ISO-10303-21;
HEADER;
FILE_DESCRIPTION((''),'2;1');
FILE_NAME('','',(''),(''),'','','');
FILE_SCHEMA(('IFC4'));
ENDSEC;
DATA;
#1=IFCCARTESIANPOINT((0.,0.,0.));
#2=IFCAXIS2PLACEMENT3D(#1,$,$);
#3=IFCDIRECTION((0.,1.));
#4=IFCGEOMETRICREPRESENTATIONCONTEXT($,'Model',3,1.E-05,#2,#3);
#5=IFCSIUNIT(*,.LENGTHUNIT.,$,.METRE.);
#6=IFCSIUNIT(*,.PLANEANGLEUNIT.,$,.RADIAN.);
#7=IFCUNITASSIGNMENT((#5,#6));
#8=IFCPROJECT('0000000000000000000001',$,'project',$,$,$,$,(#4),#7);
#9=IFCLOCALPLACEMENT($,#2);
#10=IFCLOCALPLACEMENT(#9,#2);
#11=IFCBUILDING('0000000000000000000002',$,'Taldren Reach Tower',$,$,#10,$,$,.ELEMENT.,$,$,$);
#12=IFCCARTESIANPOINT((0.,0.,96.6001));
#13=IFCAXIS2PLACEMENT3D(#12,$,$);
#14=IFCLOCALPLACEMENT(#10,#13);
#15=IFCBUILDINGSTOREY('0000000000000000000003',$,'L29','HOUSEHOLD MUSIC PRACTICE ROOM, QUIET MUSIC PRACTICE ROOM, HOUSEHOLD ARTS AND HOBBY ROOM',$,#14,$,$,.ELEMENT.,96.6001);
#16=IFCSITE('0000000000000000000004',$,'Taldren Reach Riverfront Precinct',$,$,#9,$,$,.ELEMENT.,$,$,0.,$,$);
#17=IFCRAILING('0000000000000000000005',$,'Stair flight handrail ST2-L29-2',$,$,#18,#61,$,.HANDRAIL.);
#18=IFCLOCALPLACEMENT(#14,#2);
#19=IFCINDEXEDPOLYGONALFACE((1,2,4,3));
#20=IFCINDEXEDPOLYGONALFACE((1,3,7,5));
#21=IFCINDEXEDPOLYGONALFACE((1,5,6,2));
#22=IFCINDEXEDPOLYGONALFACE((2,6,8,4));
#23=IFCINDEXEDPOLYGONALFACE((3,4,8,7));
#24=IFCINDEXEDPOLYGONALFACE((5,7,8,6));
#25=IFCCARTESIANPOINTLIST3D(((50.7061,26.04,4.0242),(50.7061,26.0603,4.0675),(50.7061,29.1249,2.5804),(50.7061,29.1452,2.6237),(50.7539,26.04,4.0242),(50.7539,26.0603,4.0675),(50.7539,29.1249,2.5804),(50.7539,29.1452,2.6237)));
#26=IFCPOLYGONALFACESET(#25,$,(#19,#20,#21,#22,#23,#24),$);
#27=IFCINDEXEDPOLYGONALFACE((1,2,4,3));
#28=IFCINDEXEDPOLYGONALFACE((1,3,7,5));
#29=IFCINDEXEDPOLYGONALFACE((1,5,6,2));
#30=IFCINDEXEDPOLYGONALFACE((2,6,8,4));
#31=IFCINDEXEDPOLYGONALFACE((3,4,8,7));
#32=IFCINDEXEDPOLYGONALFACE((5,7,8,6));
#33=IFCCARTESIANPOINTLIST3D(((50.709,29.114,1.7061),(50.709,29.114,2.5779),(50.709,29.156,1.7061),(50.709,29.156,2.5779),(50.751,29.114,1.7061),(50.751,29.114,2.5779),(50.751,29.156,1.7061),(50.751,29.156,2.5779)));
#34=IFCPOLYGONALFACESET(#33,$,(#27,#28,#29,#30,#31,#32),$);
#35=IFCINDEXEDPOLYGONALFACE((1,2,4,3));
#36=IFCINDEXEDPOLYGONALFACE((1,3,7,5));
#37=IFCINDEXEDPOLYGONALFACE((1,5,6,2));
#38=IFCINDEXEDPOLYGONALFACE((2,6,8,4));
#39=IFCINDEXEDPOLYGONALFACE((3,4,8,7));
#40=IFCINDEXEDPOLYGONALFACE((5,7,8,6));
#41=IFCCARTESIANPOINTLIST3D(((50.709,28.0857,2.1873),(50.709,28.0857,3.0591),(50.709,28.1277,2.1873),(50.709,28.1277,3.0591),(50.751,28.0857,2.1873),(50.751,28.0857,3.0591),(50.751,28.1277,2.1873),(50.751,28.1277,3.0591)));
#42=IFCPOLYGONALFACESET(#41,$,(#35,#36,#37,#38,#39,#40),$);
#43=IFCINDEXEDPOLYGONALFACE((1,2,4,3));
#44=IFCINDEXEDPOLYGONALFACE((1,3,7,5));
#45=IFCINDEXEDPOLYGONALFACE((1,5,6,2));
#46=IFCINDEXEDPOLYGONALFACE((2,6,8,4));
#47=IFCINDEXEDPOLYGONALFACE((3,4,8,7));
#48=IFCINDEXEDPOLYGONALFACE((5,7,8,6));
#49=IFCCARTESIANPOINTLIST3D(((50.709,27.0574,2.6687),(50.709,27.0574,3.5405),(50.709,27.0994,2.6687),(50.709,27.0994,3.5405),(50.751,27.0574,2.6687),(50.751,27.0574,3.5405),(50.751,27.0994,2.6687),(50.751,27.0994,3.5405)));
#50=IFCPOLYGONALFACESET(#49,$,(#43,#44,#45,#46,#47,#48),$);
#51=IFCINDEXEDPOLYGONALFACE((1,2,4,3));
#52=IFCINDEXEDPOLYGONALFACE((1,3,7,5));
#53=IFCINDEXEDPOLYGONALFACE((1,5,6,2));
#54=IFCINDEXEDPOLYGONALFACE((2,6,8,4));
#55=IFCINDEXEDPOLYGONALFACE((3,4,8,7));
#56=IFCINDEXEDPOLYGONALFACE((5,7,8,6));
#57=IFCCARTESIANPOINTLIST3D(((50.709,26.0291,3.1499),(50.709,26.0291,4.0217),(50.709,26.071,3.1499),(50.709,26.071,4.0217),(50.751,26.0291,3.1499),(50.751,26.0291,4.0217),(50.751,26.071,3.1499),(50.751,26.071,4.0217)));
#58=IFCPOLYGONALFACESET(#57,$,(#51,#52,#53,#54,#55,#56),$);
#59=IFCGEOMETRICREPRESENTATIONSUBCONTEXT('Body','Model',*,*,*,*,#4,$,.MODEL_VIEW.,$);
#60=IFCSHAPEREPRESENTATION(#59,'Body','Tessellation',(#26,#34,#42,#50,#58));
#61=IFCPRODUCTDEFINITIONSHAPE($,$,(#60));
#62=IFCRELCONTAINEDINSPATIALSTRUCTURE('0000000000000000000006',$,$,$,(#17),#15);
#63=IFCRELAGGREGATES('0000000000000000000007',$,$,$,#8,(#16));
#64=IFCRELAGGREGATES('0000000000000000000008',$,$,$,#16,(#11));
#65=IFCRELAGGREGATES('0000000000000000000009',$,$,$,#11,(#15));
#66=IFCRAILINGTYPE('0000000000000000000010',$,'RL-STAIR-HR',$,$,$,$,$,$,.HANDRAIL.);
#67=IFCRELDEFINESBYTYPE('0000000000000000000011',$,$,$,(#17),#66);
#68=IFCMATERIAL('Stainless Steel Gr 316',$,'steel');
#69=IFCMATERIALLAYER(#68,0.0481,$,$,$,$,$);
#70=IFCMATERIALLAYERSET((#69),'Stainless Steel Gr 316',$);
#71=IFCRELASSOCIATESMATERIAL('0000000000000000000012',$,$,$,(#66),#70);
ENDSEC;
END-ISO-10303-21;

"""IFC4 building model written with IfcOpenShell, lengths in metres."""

from ifc_helpers import new_model, si_unit, direction, frame, origin, origin_2d, place, context, subcontext, project, spatial, rectangle, extrude, material, layer, layer_set, type_object, element, save


model = new_model("IFC4")

# Units and contexts
model_context = context("Model", 3, precision=1e-05, world=origin(), true_north=direction((0.0, 1.0)))
body_context = subcontext(model_context, "Body", "Model", "MODEL_VIEW")
ifc_project = project(units=[si_unit("LENGTHUNIT", "METRE"), si_unit("PLANEANGLEUNIT", "RADIAN")], contexts=[model_context])

# Site, building, storey
site_placement = place(None, origin())
site = spatial("IfcSite", under=ifc_project, at=site_placement, Name="Taldren Reach Riverfront Precinct", CompositionType="ELEMENT", RefElevation=0.0)
building_placement = place(site_placement, origin())
building = spatial("IfcBuilding", under=site, at=building_placement, Name="Taldren Reach Tower", CompositionType="ELEMENT")
storey_placement = place(building_placement, frame((0.0, 0.0, 96.6001)))
storey = spatial("IfcBuildingStorey", under=building, at=storey_placement, Name="L29", Description="HOUSEHOLD MUSIC PRACTICE ROOM, QUIET MUSIC PRACTICE ROOM, HOUSEHOLD ARTS AND HOBBY ROOM", CompositionType="ELEMENT", Elevation=96.6001)

# Railing
ifc_material_1 = material(Name="Stainless Steel Gr 316", Category="steel")
ifc_layer_1 = layer(ifc_material_1, 0.0481)
ifc_layer_set_1 = layer_set([ifc_layer_1], Name="Stainless Steel Gr 316")
railing_type = type_object("IfcRailingType", Name="RL-STAIR-HR", PredefinedType="HANDRAIL", material=ifc_layer_set_1)
railing_placement = place(storey_placement, frame((50.73, 29.135, 1.7061)))
element("IfcRailing", 1, at=railing_placement, inside=storey, type_object=railing_type, Name="Stair flight handrail ST2-L29-2", PredefinedType="HANDRAIL", context=body_context, shape_type="SweptSolid", body=[
    extrude(rectangle(XDim=0.0479, YDim=0.0479, at=origin_2d()), frame((0.0, 0.0, 0.896), z_axis=(0.0, -0.90571, 0.423898), x_axis=(1.0, 0.0, 0.0)), (0.0, 0.0, 1.0), 3.406),
    extrude(rectangle(XDim=0.042, YDim=0.042, at=origin_2d()), origin(), (0.0, 0.0, 1.0), 0.8718),
    extrude(rectangle(XDim=0.042, YDim=0.042, at=origin_2d()), frame((0.0, -1.0283, 0.4812)), (0.0, 0.0, 1.0), 0.8718),
    extrude(rectangle(XDim=0.042, YDim=0.042, at=origin_2d()), frame((0.0, -2.0566, 0.9626)), (0.0, 0.0, 1.0), 0.8718),
    extrude(rectangle(XDim=0.042, YDim=0.042, at=origin_2d()), frame((0.0, -3.085, 1.4438)), (0.0, 0.0, 1.0), 0.8718),
])

save(model, "model.ifc")
